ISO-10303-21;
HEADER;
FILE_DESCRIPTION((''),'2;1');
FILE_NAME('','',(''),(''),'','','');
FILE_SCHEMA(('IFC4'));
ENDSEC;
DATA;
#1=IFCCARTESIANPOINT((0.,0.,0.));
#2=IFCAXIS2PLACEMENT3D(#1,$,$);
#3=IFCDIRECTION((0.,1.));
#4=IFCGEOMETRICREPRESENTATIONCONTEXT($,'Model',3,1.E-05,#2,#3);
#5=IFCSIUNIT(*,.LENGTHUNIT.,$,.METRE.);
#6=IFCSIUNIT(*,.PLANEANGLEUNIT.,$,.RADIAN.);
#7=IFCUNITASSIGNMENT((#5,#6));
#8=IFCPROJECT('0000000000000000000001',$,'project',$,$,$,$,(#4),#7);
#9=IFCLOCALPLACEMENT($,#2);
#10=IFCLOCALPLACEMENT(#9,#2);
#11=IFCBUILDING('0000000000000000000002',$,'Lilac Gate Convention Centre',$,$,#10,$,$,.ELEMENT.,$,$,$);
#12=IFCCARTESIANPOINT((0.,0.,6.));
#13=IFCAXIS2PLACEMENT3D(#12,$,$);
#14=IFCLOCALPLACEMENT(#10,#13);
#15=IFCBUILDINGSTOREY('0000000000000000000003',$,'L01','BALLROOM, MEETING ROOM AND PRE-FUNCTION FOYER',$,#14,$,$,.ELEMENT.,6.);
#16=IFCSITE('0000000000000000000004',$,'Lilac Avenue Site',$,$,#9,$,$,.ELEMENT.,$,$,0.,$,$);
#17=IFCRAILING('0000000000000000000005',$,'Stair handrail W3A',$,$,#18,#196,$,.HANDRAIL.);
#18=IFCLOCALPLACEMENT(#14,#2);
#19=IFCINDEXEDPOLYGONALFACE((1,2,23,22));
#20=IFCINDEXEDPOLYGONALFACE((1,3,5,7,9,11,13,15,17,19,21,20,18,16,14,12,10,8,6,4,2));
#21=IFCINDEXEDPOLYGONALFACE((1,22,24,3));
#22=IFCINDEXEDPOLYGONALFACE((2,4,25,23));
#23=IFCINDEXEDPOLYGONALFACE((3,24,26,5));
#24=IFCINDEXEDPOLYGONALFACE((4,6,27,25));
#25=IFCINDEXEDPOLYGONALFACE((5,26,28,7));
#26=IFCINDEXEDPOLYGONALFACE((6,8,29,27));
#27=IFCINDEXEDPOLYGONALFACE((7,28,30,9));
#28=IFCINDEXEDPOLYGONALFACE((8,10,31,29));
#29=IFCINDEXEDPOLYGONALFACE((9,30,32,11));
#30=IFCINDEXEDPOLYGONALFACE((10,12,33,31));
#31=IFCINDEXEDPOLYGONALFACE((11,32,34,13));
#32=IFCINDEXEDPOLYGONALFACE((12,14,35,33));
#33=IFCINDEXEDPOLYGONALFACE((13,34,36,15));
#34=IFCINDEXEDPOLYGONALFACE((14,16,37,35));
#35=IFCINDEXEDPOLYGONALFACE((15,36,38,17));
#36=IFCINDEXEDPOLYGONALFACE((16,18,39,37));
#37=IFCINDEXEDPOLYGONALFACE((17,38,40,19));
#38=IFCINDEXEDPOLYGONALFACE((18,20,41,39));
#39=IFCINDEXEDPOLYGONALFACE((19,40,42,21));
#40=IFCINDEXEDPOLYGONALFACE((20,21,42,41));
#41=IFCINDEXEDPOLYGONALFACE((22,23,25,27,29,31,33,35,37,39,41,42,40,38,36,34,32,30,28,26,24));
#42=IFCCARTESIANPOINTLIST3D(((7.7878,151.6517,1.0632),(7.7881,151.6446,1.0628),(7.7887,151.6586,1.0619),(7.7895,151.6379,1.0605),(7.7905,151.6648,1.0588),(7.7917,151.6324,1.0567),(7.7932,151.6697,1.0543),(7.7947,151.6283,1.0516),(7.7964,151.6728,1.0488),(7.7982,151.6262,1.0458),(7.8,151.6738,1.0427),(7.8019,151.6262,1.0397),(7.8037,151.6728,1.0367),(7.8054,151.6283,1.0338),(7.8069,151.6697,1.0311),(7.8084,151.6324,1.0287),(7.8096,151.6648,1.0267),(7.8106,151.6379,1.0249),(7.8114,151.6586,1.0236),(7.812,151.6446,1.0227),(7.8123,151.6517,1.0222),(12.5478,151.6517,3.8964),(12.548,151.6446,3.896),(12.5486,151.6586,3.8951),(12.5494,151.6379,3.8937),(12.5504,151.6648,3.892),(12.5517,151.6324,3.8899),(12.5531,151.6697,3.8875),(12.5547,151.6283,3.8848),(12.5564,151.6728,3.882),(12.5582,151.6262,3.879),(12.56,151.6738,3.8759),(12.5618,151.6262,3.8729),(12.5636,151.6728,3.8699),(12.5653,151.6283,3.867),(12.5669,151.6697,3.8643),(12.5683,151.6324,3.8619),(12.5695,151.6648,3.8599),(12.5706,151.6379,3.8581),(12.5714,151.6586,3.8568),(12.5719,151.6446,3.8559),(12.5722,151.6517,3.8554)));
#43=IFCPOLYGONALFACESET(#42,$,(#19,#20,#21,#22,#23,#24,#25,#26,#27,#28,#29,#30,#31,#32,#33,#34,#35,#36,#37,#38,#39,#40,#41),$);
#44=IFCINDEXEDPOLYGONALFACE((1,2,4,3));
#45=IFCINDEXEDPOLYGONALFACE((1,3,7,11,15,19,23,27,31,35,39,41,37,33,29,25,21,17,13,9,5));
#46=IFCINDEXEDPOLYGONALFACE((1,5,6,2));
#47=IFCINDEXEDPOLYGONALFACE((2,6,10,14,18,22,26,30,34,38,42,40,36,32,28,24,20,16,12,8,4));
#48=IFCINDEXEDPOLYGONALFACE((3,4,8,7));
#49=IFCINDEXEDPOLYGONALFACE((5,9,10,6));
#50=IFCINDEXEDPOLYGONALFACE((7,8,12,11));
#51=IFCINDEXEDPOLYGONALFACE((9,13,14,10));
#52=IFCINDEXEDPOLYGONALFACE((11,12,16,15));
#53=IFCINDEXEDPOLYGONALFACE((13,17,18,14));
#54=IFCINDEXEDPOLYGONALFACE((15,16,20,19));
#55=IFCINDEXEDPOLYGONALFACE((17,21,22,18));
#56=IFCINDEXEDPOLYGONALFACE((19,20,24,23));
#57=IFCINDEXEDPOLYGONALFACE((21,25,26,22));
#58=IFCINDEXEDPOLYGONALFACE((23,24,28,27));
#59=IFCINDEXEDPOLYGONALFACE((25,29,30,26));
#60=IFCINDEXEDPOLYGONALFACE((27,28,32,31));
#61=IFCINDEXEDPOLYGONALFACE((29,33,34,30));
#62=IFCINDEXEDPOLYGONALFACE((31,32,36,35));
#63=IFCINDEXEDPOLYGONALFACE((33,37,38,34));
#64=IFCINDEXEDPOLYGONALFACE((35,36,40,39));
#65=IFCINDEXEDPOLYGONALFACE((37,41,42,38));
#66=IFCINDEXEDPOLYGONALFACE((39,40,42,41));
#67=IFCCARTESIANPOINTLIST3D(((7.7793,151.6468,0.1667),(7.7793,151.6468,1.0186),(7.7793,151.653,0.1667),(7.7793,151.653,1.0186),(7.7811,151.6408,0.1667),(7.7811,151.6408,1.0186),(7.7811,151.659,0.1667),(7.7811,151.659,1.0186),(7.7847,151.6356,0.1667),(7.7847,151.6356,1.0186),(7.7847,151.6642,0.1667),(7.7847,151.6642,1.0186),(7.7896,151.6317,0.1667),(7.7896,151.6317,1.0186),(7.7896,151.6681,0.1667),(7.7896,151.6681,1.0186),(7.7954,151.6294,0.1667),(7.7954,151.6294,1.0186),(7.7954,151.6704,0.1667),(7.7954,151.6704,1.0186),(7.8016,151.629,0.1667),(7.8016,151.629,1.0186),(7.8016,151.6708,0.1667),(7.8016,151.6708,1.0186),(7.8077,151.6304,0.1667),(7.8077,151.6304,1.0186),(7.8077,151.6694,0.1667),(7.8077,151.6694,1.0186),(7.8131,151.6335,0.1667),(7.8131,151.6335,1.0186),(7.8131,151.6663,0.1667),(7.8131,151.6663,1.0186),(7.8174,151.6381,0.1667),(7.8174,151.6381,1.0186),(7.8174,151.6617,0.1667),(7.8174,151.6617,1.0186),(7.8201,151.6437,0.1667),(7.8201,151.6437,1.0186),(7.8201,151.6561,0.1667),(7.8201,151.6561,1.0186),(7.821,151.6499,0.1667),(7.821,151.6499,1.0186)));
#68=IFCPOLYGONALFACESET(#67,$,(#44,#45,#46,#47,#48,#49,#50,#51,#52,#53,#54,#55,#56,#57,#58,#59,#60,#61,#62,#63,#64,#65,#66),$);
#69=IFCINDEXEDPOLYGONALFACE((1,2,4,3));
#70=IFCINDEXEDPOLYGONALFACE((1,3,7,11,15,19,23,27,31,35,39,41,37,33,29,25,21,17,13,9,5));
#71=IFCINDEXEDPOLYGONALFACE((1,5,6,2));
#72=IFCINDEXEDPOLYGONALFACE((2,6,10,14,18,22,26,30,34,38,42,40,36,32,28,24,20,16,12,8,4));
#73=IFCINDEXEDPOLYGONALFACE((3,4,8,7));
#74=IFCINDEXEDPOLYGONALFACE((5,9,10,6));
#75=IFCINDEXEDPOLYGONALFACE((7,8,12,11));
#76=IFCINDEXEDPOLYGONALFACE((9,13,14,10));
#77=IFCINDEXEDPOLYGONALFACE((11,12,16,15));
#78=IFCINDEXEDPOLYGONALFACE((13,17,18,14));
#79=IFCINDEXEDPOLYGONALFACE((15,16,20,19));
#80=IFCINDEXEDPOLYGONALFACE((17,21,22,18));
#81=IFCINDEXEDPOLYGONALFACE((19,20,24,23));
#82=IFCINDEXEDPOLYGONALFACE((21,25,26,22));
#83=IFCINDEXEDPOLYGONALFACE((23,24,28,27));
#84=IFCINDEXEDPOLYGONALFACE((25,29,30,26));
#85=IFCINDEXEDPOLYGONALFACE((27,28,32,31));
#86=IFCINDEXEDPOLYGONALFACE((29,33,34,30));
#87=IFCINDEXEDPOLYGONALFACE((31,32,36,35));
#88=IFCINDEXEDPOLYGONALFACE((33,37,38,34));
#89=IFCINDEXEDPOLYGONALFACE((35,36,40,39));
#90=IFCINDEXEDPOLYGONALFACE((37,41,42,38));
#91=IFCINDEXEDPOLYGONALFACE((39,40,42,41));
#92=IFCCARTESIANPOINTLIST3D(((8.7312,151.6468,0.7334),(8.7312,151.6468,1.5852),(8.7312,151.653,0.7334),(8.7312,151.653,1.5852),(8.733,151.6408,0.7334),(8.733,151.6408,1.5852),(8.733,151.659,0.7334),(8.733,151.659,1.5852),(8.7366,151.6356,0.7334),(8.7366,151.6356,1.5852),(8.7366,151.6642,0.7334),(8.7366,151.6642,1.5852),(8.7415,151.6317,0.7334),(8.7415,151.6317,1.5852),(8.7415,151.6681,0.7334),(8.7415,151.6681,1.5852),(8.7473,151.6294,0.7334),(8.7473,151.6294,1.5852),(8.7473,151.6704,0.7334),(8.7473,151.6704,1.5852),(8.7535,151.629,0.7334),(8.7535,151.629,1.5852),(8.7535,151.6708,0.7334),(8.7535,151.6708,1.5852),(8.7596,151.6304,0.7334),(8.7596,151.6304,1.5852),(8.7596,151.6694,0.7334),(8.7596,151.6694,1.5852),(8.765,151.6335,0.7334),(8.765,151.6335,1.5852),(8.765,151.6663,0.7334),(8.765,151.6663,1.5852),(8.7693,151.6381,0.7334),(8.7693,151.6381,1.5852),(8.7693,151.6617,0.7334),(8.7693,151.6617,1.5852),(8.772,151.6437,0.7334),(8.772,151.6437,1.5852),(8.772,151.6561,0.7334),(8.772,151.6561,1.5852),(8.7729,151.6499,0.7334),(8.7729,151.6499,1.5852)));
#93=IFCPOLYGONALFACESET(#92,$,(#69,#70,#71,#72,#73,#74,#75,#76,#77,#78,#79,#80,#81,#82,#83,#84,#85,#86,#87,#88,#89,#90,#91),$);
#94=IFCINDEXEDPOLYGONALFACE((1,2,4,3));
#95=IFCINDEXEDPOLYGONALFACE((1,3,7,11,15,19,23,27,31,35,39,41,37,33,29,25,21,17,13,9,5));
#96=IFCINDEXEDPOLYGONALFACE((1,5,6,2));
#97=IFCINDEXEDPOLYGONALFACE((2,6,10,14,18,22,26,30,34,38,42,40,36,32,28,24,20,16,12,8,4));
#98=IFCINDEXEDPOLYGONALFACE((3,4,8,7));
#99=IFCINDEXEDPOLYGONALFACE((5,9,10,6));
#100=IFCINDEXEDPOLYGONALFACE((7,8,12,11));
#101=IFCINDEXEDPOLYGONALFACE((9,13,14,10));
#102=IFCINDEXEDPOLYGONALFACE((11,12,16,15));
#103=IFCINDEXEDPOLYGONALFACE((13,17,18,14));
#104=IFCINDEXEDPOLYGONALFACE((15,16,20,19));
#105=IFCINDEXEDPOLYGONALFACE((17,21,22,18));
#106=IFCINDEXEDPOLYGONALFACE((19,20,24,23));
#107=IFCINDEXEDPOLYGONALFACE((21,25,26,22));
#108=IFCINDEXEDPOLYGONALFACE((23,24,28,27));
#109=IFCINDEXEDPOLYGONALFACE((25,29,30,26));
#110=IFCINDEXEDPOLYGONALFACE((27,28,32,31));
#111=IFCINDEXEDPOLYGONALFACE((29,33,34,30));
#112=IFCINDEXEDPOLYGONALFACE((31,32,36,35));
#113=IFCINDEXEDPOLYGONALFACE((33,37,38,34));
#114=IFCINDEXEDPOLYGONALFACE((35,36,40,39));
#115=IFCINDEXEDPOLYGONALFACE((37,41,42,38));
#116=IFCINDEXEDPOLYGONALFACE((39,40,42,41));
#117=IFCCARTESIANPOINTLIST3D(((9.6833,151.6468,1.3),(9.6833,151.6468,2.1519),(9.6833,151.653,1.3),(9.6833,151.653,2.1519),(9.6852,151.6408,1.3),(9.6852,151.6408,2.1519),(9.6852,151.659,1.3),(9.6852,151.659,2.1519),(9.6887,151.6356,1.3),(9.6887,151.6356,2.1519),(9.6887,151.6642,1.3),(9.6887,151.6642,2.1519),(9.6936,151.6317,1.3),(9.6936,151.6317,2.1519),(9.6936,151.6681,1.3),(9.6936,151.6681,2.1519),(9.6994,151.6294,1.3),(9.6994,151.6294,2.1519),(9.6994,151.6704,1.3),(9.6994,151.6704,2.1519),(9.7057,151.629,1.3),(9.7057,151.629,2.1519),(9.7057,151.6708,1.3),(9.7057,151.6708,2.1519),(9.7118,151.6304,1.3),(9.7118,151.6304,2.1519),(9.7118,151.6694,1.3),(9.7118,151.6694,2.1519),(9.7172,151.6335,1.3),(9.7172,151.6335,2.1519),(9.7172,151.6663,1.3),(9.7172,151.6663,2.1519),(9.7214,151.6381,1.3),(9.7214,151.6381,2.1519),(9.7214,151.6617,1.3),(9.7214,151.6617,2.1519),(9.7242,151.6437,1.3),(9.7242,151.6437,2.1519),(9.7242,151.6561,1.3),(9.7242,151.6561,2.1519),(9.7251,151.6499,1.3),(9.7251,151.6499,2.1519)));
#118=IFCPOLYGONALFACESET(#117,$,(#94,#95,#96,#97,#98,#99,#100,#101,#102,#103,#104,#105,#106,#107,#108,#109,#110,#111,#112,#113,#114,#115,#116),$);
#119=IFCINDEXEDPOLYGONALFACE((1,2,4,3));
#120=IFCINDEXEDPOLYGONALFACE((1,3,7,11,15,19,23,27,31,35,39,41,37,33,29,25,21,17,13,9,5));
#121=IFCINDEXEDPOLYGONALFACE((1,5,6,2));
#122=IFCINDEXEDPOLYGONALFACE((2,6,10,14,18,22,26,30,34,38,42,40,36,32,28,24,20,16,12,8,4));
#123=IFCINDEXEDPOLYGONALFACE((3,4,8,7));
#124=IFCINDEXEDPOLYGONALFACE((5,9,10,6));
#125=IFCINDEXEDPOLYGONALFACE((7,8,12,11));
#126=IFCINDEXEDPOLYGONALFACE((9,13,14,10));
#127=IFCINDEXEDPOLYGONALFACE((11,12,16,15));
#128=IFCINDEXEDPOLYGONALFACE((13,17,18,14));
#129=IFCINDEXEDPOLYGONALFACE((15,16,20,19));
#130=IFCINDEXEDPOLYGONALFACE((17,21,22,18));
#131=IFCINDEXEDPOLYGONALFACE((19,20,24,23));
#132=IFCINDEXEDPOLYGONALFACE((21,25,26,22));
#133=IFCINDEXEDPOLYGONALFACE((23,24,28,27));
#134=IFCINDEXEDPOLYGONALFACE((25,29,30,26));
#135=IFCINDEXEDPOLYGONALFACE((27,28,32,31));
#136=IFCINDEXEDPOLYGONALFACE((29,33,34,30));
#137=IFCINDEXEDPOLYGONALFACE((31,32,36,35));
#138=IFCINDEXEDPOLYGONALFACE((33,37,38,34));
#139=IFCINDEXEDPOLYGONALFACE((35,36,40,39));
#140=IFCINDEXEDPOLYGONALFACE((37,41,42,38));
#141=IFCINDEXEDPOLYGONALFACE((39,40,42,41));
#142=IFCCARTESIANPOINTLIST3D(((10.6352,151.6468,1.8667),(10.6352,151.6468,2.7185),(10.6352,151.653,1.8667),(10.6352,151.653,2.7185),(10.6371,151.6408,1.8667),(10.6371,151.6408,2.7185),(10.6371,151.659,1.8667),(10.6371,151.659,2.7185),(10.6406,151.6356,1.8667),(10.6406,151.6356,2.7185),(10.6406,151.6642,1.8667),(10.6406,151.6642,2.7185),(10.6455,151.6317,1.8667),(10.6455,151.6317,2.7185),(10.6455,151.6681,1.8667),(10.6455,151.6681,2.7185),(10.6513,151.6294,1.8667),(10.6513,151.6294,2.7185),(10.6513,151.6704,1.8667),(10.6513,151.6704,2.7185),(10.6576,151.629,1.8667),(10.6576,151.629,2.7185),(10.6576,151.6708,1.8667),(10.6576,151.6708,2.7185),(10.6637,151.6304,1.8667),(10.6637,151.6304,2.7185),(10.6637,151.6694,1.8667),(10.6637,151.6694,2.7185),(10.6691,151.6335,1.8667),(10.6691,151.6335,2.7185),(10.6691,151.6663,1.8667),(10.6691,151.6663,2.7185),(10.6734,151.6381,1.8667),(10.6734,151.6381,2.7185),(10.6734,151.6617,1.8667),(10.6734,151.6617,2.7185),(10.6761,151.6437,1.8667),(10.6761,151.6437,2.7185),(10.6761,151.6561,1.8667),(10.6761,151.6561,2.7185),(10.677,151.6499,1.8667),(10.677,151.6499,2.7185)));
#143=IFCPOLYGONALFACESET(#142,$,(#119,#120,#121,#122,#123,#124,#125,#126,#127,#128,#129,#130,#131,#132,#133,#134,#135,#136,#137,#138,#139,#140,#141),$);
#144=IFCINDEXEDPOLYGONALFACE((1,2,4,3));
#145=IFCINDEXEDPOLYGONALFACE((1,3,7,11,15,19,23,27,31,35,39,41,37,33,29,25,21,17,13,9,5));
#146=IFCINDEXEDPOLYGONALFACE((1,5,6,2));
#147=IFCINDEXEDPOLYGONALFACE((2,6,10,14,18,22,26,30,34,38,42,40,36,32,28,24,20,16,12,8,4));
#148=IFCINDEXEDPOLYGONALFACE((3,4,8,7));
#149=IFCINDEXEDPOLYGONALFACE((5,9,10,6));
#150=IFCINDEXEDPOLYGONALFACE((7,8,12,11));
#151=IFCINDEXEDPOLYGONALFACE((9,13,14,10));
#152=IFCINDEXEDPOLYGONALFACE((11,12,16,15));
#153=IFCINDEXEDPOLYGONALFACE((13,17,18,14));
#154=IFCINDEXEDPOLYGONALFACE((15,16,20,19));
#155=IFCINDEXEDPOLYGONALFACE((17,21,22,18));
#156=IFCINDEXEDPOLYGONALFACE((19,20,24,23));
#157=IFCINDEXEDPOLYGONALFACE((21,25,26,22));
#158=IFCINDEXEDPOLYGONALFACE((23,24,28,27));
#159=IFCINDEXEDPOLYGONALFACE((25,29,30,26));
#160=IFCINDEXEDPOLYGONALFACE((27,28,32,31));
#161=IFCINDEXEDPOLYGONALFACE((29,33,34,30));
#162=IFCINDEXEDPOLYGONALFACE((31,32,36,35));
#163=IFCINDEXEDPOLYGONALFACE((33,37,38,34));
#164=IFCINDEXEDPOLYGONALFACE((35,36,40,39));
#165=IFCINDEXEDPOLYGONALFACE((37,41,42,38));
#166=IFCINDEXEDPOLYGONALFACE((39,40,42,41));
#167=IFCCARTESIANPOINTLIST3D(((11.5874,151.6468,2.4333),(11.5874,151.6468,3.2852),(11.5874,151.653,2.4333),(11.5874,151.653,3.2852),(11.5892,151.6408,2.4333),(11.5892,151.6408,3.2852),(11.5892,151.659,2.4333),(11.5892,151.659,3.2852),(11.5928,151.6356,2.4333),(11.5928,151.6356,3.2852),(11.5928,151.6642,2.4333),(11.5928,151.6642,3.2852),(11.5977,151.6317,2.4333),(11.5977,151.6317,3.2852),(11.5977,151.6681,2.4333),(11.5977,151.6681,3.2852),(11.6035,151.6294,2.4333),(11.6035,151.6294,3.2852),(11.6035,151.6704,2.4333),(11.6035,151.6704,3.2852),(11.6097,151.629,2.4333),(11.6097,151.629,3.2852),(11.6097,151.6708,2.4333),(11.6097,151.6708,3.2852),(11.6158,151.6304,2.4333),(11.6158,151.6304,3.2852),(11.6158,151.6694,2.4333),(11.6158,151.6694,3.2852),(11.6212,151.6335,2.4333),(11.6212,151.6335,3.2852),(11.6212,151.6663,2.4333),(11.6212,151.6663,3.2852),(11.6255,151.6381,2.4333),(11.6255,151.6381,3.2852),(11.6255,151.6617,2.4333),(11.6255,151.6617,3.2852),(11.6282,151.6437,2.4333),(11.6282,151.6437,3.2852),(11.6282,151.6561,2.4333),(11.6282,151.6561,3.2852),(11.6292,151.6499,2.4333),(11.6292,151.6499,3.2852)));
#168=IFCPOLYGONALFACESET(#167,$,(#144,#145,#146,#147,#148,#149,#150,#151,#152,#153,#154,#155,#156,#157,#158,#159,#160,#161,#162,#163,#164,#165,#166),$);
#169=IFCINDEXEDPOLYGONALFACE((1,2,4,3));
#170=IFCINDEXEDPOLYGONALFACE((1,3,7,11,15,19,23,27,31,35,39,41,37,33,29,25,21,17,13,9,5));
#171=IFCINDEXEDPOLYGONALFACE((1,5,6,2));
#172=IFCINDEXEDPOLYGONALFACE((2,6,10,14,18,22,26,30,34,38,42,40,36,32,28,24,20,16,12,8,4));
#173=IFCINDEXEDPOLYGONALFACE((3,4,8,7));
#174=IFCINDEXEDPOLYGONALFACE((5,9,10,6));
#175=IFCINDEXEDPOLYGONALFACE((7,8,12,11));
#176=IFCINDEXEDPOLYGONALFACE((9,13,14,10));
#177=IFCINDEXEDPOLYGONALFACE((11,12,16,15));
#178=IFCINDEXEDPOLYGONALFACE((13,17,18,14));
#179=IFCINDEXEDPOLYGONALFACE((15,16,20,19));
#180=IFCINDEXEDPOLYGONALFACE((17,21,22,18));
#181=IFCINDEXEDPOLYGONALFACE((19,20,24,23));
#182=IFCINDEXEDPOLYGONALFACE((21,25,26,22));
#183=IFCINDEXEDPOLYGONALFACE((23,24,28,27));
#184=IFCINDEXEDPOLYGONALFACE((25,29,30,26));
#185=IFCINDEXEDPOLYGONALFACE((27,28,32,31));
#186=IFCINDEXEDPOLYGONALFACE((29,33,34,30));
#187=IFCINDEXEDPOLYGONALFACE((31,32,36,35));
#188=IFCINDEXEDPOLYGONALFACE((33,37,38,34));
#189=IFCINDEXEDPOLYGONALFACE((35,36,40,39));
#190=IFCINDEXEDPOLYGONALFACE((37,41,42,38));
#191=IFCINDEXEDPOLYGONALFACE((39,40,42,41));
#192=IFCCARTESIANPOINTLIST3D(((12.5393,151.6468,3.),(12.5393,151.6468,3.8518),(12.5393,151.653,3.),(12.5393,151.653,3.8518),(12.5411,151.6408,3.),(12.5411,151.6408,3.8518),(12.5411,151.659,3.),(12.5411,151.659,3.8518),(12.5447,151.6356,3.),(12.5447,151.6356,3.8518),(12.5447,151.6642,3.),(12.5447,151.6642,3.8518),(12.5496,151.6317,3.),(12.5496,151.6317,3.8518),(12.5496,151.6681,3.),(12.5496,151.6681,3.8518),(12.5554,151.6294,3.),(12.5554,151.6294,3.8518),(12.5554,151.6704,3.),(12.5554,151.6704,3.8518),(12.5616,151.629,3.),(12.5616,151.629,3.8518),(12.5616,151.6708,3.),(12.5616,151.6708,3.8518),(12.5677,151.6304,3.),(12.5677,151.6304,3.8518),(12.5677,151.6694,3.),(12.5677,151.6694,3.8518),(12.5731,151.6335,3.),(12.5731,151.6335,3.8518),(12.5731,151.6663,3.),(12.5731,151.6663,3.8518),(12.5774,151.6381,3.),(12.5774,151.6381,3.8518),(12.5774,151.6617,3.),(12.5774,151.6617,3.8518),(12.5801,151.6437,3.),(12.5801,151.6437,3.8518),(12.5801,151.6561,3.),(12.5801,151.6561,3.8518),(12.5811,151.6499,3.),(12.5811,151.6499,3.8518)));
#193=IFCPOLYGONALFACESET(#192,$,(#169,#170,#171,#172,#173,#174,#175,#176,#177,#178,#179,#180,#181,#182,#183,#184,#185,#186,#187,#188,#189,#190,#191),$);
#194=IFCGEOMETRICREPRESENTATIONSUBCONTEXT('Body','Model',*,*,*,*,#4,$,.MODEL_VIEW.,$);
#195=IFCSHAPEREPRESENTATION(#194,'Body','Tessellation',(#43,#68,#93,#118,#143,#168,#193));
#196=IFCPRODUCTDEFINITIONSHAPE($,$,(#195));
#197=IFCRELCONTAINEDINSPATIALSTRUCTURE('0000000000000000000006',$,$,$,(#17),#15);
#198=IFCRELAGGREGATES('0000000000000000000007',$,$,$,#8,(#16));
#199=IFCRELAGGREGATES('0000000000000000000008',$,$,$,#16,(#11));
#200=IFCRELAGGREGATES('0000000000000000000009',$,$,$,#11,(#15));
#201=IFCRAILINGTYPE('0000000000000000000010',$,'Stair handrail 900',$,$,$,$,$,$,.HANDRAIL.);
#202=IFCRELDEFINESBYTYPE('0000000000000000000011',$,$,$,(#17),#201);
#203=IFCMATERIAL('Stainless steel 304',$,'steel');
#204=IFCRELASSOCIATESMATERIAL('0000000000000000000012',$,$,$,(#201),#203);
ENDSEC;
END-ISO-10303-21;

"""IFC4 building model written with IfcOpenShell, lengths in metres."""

from ifc_helpers import new_model, si_unit, direction, frame, origin, origin_2d, place, context, subcontext, project, spatial, circle, extrude, material, type_object, element, save


model = new_model("IFC4")

# Units and contexts
model_context = context("Model", 3, precision=1e-05, world=origin(), true_north=direction((0.0, 1.0)))
body_context = subcontext(model_context, "Body", "Model", "MODEL_VIEW")
ifc_project = project(units=[si_unit("LENGTHUNIT", "METRE"), si_unit("PLANEANGLEUNIT", "RADIAN")], contexts=[model_context])

# Site, building, storey
site_placement = place(None, origin())
site = spatial("IfcSite", under=ifc_project, at=site_placement, Name="Lilac Avenue Site", CompositionType="ELEMENT", RefElevation=0.0)
building_placement = place(site_placement, origin())
building = spatial("IfcBuilding", under=site, at=building_placement, Name="Lilac Gate Convention Centre", CompositionType="ELEMENT")
storey_placement = place(building_placement, frame((0.0, 0.0, 6.0)))
storey = spatial("IfcBuildingStorey", under=building, at=storey_placement, Name="L01", Description="BALLROOM, MEETING ROOM AND PRE-FUNCTION FOYER", CompositionType="ELEMENT", Elevation=6.0)

# Shared definitions
ifc_material_1 = material(Name="Stainless steel 304", Category="steel")

# Railing
railing_type = type_object("IfcRailingType", Name="Stair handrail 900", PredefinedType="HANDRAIL", material=ifc_material_1)
for number, where, name in (
    (1, (7.8, 151.6499, 0.1667), "Stair handrail W3A"),
):
    element("IfcRailing", number, at=place(storey_placement, frame(where)), inside=storey, type_object=railing_type, Name=name, PredefinedType="HANDRAIL", context=body_context, shape_type="SweptSolid", body=[
        extrude(circle(Radius=0.0239, at=origin_2d()), frame((0.0, 0.0, 0.876), z_axis=(0.8593, 0.0, 0.511472), x_axis=(0.0, 1.0, 0.0)), (0.0, 0.0, 1.0), 5.5393),
        extrude(circle(Radius=0.021, at=origin_2d()), origin(), (0.0, 0.0, 1.0), 0.8518),
        extrude(circle(Radius=0.021, at=origin_2d()), frame((0.9519, 0.0, 0.5667)), (0.0, 0.0, 1.0), 0.8518),
        extrude(circle(Radius=0.021, at=origin_2d()), frame((1.9041, 0.0, 1.1333)), (0.0, 0.0, 1.0), 0.8518),
        extrude(circle(Radius=0.021, at=origin_2d()), frame((2.856, 0.0, 1.7)), (0.0, 0.0, 1.0), 0.8518),
        extrude(circle(Radius=0.021, at=origin_2d()), frame((3.8081, 0.0, 2.2666)), (0.0, 0.0, 1.0), 0.8518),
        extrude(circle(Radius=0.021, at=origin_2d()), frame((4.76, 0.0, 2.8333)), (0.0, 0.0, 1.0), 0.8518),
    ])

save(model, "model.ifc")
